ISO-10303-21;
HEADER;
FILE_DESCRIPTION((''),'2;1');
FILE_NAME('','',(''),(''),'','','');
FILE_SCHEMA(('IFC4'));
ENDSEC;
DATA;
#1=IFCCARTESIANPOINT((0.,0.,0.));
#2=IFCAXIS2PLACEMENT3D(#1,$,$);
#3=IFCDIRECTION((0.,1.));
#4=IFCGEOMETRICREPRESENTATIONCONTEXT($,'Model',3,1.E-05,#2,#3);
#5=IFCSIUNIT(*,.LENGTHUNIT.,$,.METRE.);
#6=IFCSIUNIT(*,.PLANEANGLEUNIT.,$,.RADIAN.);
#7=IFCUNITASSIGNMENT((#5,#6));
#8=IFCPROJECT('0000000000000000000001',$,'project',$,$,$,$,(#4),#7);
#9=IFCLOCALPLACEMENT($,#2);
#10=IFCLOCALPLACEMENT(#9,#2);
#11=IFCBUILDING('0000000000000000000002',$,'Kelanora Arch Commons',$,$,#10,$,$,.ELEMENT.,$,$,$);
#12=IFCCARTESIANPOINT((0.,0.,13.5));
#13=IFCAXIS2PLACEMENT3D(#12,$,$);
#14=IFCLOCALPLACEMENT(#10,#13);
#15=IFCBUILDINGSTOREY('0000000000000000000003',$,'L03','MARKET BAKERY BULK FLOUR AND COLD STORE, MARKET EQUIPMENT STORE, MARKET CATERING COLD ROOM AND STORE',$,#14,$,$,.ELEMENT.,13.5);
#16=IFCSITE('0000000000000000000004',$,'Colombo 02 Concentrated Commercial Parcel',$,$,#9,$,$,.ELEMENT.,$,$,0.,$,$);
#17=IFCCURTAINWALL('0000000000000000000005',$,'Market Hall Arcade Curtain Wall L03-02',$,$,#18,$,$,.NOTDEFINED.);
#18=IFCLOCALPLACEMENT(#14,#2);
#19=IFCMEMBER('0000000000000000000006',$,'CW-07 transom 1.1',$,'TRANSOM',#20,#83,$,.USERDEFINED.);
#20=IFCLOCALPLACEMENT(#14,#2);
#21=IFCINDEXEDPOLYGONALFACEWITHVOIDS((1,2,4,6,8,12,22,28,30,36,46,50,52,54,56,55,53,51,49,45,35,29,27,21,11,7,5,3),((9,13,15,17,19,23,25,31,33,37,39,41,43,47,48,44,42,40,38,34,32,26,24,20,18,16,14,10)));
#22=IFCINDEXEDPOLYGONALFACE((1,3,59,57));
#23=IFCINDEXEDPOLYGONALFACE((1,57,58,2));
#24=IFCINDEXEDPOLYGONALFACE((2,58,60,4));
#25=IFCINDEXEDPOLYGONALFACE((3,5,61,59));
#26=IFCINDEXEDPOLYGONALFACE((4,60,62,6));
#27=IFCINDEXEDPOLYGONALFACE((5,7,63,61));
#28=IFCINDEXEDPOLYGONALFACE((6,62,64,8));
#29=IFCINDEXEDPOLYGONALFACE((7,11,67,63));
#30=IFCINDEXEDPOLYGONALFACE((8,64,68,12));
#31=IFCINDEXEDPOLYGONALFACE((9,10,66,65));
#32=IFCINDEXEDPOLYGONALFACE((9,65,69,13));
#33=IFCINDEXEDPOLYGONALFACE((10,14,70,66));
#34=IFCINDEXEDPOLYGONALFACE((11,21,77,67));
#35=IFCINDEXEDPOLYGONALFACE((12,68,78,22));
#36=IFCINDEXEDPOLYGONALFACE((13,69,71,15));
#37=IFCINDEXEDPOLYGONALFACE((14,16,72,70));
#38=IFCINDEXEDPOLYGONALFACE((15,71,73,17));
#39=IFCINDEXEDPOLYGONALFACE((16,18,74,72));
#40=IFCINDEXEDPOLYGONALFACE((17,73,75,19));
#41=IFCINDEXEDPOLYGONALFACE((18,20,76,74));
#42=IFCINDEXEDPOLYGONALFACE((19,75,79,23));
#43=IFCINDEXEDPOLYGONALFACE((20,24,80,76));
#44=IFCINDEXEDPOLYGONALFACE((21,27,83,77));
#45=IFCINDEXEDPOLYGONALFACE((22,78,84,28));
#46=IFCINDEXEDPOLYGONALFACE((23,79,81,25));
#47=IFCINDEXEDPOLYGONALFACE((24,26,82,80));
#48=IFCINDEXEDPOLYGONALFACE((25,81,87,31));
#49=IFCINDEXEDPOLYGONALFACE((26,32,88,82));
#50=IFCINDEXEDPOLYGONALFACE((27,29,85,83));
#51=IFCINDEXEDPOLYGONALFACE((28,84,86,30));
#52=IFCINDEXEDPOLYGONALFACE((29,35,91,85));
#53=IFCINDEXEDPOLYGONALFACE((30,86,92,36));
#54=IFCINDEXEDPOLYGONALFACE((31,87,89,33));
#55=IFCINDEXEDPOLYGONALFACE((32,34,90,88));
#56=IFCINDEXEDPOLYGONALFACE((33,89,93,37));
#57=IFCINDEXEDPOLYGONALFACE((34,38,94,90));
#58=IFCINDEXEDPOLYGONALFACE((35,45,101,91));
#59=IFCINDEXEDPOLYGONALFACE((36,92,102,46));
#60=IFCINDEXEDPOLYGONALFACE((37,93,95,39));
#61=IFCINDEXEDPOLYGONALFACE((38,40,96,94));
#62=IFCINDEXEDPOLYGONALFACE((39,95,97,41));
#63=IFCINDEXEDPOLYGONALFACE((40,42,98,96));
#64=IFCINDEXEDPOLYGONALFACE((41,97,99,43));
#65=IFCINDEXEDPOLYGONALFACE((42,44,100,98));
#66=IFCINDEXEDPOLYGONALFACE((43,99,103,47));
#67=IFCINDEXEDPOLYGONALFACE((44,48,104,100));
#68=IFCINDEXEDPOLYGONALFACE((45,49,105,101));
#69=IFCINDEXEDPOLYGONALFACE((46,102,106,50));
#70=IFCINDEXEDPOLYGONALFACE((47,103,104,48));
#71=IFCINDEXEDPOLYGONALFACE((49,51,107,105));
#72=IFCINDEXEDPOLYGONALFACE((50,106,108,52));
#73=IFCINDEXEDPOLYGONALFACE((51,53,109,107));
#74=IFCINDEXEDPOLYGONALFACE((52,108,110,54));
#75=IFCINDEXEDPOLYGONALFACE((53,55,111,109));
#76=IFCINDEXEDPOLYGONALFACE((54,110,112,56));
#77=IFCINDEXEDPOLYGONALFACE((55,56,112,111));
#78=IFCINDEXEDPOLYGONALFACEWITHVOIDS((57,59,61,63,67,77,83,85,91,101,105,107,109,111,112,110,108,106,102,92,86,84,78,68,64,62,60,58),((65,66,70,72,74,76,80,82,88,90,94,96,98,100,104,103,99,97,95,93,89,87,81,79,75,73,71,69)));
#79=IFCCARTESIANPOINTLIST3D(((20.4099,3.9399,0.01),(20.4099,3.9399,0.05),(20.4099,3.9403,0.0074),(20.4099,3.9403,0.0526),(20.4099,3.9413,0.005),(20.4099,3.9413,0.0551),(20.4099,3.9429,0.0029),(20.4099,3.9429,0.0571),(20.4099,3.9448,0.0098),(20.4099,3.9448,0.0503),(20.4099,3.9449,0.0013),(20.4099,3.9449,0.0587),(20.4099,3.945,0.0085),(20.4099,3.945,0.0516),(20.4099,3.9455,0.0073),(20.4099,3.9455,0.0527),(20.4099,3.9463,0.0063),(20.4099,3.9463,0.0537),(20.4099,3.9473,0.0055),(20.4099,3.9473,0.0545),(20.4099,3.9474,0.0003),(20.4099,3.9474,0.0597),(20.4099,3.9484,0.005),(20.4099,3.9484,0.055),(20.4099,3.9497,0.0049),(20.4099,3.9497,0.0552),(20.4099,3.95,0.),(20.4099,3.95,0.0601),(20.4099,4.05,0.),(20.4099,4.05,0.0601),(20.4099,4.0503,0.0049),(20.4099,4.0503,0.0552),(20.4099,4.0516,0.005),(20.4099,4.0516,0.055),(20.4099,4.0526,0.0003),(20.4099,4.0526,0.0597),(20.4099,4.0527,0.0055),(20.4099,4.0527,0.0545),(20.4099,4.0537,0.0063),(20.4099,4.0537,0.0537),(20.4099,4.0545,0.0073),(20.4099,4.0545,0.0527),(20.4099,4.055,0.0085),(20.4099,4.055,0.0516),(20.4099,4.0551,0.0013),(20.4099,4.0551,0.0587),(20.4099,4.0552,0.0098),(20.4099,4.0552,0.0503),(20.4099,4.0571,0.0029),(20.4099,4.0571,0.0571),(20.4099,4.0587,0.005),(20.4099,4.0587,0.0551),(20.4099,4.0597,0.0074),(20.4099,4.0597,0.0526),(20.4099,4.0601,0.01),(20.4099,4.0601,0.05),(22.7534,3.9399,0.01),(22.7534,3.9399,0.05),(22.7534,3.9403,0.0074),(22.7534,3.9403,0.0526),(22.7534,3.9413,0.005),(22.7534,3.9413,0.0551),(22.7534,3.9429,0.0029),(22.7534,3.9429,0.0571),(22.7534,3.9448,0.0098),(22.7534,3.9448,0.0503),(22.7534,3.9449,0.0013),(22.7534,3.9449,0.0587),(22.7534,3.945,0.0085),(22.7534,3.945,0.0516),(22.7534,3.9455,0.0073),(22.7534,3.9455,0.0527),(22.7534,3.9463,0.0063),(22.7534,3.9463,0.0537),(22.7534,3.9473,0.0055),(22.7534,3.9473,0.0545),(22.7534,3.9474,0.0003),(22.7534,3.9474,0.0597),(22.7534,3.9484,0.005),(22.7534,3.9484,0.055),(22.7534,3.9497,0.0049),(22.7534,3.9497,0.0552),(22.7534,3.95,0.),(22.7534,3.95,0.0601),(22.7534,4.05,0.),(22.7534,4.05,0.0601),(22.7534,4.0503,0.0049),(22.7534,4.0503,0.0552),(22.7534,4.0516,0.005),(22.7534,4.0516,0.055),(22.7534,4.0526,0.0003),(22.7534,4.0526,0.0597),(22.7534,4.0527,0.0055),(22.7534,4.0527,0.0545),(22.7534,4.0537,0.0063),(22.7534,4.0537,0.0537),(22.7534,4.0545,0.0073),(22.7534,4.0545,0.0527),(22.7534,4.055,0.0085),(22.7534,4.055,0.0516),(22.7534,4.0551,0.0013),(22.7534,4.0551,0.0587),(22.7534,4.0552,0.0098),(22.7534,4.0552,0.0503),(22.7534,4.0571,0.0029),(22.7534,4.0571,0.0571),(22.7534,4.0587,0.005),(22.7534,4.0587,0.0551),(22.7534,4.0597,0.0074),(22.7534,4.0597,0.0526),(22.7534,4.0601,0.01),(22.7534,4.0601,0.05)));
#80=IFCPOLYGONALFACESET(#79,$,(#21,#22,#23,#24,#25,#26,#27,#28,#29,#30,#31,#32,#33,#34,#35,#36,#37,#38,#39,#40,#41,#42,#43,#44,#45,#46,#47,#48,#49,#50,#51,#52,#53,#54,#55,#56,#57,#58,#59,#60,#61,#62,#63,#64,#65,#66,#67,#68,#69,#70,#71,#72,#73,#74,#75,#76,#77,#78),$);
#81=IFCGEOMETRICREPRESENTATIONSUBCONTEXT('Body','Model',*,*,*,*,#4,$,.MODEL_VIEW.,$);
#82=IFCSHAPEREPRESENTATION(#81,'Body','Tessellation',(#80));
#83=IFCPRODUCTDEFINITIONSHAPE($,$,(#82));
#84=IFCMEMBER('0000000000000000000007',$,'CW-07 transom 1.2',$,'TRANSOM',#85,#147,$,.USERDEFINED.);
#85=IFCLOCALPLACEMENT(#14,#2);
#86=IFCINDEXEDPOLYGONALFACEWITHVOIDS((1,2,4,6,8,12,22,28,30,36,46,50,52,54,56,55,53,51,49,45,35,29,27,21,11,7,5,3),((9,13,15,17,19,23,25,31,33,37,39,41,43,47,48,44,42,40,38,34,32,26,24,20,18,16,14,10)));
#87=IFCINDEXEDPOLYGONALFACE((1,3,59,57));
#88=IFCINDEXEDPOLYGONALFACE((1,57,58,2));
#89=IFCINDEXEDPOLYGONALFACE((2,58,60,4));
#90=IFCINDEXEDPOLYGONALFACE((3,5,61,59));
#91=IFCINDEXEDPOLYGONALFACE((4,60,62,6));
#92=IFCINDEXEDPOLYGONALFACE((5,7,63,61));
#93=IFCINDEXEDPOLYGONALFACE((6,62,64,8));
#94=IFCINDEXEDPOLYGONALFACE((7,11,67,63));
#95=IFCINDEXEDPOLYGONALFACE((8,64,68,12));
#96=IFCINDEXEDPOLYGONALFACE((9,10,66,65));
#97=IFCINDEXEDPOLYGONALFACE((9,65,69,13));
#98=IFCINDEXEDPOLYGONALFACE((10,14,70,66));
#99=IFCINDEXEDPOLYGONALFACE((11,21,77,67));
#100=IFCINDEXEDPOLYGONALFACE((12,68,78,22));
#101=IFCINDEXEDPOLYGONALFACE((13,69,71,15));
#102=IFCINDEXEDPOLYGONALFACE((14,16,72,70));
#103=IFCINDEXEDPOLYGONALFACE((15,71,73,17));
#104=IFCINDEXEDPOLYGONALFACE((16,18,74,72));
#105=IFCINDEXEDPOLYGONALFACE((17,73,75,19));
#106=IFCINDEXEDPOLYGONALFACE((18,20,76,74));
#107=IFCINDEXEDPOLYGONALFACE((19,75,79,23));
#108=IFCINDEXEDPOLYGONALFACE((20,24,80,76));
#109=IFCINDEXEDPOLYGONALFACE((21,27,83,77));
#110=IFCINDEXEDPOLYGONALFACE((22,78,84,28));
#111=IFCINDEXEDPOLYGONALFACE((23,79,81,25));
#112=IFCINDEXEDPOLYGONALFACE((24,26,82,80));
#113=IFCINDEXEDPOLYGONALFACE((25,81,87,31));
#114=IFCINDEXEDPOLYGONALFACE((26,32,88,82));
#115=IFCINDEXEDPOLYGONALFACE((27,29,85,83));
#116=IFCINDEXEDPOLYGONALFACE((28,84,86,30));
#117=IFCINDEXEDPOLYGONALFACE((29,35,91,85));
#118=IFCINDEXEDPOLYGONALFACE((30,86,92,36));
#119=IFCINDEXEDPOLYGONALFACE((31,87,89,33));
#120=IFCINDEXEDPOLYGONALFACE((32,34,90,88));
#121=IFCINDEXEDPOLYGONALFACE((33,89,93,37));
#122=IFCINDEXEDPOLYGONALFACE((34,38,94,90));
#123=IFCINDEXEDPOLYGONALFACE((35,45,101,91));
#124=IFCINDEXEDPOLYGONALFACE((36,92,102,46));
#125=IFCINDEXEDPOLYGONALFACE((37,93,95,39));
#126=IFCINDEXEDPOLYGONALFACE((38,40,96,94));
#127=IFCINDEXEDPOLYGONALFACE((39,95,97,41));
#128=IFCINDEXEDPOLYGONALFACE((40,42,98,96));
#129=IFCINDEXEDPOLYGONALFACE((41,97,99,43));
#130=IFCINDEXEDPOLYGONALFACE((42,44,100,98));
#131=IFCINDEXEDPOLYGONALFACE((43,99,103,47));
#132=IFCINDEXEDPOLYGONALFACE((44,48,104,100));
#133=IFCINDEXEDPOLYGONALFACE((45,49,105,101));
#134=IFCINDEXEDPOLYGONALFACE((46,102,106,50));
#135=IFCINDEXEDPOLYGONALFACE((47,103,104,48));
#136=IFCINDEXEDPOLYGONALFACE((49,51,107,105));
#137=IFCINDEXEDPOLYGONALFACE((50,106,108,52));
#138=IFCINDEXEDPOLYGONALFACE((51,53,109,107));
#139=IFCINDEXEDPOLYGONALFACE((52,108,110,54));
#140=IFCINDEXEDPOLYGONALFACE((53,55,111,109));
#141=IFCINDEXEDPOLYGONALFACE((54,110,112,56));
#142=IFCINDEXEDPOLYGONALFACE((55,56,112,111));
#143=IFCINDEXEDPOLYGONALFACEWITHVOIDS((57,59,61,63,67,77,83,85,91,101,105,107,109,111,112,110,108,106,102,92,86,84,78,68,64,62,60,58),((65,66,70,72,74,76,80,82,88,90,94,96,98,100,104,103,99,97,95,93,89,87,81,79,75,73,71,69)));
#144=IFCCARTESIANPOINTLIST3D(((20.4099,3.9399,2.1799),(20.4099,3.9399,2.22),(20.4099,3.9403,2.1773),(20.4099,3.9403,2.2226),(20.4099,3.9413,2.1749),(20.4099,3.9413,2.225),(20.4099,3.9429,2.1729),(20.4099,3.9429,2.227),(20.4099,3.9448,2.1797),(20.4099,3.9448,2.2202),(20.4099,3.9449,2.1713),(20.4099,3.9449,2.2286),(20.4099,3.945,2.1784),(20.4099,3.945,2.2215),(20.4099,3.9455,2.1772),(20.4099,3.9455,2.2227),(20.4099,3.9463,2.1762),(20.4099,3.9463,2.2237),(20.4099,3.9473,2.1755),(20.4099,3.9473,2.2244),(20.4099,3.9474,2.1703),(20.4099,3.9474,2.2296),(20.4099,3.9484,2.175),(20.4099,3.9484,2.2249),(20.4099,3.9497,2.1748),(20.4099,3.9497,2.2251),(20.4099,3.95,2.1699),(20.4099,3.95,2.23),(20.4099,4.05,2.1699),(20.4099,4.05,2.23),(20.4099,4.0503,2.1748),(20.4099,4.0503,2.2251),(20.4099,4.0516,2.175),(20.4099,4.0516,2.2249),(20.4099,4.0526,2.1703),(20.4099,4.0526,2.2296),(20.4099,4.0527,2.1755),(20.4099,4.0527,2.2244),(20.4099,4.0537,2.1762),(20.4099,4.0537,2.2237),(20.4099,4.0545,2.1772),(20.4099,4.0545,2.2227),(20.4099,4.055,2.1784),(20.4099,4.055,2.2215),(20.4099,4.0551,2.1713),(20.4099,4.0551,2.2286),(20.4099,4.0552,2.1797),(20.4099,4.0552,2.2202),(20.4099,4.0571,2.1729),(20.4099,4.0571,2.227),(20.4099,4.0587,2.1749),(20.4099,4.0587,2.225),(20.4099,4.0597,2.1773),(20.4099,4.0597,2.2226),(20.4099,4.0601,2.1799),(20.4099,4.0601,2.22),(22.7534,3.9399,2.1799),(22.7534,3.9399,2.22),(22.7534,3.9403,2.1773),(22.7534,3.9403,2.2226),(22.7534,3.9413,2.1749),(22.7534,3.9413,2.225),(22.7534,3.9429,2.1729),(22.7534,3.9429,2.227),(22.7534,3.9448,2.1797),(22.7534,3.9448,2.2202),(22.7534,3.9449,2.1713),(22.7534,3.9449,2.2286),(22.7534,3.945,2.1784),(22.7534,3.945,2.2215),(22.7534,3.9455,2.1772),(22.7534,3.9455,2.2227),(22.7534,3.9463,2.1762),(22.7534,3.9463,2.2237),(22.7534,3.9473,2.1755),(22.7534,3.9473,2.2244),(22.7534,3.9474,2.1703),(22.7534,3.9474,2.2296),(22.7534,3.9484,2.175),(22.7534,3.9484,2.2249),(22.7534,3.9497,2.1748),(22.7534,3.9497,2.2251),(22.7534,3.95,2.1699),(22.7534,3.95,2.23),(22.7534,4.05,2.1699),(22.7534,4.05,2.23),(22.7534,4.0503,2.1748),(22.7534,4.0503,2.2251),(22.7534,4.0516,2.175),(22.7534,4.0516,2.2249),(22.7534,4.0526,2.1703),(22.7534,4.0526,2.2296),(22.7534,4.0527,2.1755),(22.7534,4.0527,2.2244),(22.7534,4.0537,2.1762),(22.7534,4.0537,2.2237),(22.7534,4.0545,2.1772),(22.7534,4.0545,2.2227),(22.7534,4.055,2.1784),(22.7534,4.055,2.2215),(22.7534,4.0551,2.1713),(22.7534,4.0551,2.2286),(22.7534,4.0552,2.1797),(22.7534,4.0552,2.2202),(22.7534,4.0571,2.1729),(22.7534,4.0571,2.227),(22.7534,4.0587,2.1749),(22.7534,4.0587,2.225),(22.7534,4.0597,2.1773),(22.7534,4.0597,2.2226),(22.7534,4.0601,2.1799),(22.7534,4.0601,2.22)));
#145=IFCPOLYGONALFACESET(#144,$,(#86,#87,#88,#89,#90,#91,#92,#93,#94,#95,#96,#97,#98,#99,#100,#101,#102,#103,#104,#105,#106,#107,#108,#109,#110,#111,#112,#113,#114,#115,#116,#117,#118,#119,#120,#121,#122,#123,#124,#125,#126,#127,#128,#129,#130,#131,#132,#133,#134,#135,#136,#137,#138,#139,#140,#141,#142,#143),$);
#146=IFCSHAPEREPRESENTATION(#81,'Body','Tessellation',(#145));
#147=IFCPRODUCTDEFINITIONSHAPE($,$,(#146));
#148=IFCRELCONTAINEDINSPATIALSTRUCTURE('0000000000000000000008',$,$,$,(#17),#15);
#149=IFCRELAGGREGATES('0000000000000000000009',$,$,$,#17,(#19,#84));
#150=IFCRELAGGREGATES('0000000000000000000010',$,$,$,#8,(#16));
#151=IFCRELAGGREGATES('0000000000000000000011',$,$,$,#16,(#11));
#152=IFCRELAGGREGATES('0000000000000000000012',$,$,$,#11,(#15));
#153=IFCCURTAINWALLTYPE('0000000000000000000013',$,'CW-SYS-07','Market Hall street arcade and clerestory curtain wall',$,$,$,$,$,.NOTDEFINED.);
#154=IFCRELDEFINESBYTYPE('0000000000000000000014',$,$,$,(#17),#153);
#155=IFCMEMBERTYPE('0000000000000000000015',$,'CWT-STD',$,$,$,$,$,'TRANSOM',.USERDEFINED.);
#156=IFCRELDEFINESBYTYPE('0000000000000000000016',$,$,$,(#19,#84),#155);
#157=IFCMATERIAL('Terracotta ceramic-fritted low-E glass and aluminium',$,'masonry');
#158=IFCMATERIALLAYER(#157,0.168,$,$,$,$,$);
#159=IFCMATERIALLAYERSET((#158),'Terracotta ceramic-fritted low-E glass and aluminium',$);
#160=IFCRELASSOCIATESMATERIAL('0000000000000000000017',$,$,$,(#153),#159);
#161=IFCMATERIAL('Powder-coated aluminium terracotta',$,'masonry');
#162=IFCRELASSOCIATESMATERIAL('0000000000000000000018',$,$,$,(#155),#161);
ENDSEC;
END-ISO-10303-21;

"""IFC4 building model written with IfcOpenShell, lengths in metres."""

from ifc_helpers import new_model, si_unit, direction, frame, origin, origin_2d, place, context, subcontext, project, spatial, hollow_rectangle, extrude, material, layer, layer_set, material_profile, profile_set, type_object, element, aggregate, save


model = new_model("IFC4")

# Units and contexts
model_context = context("Model", 3, precision=1e-05, world=origin(), true_north=direction((0.0, 1.0)))
body_context = subcontext(model_context, "Body", "Model", "MODEL_VIEW")
ifc_project = project(units=[si_unit("LENGTHUNIT", "METRE"), si_unit("PLANEANGLEUNIT", "RADIAN")], contexts=[model_context])

# Site, building, storey
site_placement = place(None, origin())
site = spatial("IfcSite", under=ifc_project, at=site_placement, Name="Colombo 02 Concentrated Commercial Parcel", CompositionType="ELEMENT", RefElevation=0.0)
building_placement = place(site_placement, origin())
building = spatial("IfcBuilding", under=site, at=building_placement, Name="Kelanora Arch Commons", CompositionType="ELEMENT")
storey_placement = place(building_placement, frame((0.0, 0.0, 13.5)))
storey = spatial("IfcBuildingStorey", under=building, at=storey_placement, Name="L03", Description="MARKET BAKERY BULK FLOUR AND COLD STORE, MARKET EQUIPMENT STORE, MARKET CATERING COLD ROOM AND STORE", CompositionType="ELEMENT", Elevation=13.5)

# Curtain wall, members
ifc_material_1 = material(Name="Terracotta ceramic-fritted low-E glass and aluminium", Category="masonry")
ifc_layer_1 = layer(ifc_material_1, 0.168)
ifc_layer_set_1 = layer_set([ifc_layer_1], Name="Terracotta ceramic-fritted low-E glass and aluminium")
curtain_wall_type = type_object("IfcCurtainWallType", Name="CW-SYS-07", Description="Market Hall street arcade and clerestory curtain wall", PredefinedType="NOTDEFINED", material=ifc_layer_set_1)
curtain_wall_placement = place(storey_placement, origin())
curtain_wall = element("IfcCurtainWall", 1, at=curtain_wall_placement, inside=storey, type_object=curtain_wall_type, Name="Market Hall Arcade Curtain Wall L03-02", PredefinedType="NOTDEFINED")
ifc_material_2 = material(Name="Powder-coated aluminium terracotta", Category="masonry")
ifc_material_profile_1 = material_profile(ifc_material_2, hollow_rectangle(XDim=0.1201, YDim=0.0601, WallThickness=0.0049, InnerFilletRadius=0.0049, OuterFilletRadius=0.01, at=origin_2d()), Name="CWT120x60")
ifc_profile_set_1 = profile_set([ifc_material_profile_1], Name="Powder-coated aluminium terracotta")
member_type_1 = type_object("IfcMemberType", Name="CWT-STD", ElementType="TRANSOM", PredefinedType="USERDEFINED", material=ifc_profile_set_1)
member_1_placement = place(storey_placement, frame((20.4099, 4.0, 0.03), z_axis=(1.0, 0.0, 0.0), x_axis=(0.0, 1.0, 0.0)))
member_1 = element("IfcMember", 2, at=member_1_placement, type_object=member_type_1, Name="CW-07 transom 1.1", ObjectType="TRANSOM", PredefinedType="USERDEFINED", context=body_context, shape_type="SweptSolid", body=[
    extrude(hollow_rectangle(XDim=0.1201, YDim=0.0601, WallThickness=0.0049, InnerFilletRadius=0.0049, OuterFilletRadius=0.01, at=origin_2d()), origin(), (0.0, 0.0, 1.0), 2.3435),
])
member_2_placement = place(storey_placement, frame((20.4099, 4.0, 2.2), z_axis=(1.0, 0.0, 0.0), x_axis=(0.0, 1.0, 0.0)))
member_2 = element("IfcMember", 3, at=member_2_placement, type_object=member_type_1, Name="CW-07 transom 1.2", ObjectType="TRANSOM", PredefinedType="USERDEFINED", context=body_context, shape_type="SweptSolid", body=[
    extrude(hollow_rectangle(XDim=0.1201, YDim=0.0601, WallThickness=0.0049, InnerFilletRadius=0.0049, OuterFilletRadius=0.01, at=origin_2d()), origin(), (0.0, 0.0, 1.0), 2.3435),
])
aggregate(curtain_wall, [member_1, member_2])

save(model, "model.ifc")
